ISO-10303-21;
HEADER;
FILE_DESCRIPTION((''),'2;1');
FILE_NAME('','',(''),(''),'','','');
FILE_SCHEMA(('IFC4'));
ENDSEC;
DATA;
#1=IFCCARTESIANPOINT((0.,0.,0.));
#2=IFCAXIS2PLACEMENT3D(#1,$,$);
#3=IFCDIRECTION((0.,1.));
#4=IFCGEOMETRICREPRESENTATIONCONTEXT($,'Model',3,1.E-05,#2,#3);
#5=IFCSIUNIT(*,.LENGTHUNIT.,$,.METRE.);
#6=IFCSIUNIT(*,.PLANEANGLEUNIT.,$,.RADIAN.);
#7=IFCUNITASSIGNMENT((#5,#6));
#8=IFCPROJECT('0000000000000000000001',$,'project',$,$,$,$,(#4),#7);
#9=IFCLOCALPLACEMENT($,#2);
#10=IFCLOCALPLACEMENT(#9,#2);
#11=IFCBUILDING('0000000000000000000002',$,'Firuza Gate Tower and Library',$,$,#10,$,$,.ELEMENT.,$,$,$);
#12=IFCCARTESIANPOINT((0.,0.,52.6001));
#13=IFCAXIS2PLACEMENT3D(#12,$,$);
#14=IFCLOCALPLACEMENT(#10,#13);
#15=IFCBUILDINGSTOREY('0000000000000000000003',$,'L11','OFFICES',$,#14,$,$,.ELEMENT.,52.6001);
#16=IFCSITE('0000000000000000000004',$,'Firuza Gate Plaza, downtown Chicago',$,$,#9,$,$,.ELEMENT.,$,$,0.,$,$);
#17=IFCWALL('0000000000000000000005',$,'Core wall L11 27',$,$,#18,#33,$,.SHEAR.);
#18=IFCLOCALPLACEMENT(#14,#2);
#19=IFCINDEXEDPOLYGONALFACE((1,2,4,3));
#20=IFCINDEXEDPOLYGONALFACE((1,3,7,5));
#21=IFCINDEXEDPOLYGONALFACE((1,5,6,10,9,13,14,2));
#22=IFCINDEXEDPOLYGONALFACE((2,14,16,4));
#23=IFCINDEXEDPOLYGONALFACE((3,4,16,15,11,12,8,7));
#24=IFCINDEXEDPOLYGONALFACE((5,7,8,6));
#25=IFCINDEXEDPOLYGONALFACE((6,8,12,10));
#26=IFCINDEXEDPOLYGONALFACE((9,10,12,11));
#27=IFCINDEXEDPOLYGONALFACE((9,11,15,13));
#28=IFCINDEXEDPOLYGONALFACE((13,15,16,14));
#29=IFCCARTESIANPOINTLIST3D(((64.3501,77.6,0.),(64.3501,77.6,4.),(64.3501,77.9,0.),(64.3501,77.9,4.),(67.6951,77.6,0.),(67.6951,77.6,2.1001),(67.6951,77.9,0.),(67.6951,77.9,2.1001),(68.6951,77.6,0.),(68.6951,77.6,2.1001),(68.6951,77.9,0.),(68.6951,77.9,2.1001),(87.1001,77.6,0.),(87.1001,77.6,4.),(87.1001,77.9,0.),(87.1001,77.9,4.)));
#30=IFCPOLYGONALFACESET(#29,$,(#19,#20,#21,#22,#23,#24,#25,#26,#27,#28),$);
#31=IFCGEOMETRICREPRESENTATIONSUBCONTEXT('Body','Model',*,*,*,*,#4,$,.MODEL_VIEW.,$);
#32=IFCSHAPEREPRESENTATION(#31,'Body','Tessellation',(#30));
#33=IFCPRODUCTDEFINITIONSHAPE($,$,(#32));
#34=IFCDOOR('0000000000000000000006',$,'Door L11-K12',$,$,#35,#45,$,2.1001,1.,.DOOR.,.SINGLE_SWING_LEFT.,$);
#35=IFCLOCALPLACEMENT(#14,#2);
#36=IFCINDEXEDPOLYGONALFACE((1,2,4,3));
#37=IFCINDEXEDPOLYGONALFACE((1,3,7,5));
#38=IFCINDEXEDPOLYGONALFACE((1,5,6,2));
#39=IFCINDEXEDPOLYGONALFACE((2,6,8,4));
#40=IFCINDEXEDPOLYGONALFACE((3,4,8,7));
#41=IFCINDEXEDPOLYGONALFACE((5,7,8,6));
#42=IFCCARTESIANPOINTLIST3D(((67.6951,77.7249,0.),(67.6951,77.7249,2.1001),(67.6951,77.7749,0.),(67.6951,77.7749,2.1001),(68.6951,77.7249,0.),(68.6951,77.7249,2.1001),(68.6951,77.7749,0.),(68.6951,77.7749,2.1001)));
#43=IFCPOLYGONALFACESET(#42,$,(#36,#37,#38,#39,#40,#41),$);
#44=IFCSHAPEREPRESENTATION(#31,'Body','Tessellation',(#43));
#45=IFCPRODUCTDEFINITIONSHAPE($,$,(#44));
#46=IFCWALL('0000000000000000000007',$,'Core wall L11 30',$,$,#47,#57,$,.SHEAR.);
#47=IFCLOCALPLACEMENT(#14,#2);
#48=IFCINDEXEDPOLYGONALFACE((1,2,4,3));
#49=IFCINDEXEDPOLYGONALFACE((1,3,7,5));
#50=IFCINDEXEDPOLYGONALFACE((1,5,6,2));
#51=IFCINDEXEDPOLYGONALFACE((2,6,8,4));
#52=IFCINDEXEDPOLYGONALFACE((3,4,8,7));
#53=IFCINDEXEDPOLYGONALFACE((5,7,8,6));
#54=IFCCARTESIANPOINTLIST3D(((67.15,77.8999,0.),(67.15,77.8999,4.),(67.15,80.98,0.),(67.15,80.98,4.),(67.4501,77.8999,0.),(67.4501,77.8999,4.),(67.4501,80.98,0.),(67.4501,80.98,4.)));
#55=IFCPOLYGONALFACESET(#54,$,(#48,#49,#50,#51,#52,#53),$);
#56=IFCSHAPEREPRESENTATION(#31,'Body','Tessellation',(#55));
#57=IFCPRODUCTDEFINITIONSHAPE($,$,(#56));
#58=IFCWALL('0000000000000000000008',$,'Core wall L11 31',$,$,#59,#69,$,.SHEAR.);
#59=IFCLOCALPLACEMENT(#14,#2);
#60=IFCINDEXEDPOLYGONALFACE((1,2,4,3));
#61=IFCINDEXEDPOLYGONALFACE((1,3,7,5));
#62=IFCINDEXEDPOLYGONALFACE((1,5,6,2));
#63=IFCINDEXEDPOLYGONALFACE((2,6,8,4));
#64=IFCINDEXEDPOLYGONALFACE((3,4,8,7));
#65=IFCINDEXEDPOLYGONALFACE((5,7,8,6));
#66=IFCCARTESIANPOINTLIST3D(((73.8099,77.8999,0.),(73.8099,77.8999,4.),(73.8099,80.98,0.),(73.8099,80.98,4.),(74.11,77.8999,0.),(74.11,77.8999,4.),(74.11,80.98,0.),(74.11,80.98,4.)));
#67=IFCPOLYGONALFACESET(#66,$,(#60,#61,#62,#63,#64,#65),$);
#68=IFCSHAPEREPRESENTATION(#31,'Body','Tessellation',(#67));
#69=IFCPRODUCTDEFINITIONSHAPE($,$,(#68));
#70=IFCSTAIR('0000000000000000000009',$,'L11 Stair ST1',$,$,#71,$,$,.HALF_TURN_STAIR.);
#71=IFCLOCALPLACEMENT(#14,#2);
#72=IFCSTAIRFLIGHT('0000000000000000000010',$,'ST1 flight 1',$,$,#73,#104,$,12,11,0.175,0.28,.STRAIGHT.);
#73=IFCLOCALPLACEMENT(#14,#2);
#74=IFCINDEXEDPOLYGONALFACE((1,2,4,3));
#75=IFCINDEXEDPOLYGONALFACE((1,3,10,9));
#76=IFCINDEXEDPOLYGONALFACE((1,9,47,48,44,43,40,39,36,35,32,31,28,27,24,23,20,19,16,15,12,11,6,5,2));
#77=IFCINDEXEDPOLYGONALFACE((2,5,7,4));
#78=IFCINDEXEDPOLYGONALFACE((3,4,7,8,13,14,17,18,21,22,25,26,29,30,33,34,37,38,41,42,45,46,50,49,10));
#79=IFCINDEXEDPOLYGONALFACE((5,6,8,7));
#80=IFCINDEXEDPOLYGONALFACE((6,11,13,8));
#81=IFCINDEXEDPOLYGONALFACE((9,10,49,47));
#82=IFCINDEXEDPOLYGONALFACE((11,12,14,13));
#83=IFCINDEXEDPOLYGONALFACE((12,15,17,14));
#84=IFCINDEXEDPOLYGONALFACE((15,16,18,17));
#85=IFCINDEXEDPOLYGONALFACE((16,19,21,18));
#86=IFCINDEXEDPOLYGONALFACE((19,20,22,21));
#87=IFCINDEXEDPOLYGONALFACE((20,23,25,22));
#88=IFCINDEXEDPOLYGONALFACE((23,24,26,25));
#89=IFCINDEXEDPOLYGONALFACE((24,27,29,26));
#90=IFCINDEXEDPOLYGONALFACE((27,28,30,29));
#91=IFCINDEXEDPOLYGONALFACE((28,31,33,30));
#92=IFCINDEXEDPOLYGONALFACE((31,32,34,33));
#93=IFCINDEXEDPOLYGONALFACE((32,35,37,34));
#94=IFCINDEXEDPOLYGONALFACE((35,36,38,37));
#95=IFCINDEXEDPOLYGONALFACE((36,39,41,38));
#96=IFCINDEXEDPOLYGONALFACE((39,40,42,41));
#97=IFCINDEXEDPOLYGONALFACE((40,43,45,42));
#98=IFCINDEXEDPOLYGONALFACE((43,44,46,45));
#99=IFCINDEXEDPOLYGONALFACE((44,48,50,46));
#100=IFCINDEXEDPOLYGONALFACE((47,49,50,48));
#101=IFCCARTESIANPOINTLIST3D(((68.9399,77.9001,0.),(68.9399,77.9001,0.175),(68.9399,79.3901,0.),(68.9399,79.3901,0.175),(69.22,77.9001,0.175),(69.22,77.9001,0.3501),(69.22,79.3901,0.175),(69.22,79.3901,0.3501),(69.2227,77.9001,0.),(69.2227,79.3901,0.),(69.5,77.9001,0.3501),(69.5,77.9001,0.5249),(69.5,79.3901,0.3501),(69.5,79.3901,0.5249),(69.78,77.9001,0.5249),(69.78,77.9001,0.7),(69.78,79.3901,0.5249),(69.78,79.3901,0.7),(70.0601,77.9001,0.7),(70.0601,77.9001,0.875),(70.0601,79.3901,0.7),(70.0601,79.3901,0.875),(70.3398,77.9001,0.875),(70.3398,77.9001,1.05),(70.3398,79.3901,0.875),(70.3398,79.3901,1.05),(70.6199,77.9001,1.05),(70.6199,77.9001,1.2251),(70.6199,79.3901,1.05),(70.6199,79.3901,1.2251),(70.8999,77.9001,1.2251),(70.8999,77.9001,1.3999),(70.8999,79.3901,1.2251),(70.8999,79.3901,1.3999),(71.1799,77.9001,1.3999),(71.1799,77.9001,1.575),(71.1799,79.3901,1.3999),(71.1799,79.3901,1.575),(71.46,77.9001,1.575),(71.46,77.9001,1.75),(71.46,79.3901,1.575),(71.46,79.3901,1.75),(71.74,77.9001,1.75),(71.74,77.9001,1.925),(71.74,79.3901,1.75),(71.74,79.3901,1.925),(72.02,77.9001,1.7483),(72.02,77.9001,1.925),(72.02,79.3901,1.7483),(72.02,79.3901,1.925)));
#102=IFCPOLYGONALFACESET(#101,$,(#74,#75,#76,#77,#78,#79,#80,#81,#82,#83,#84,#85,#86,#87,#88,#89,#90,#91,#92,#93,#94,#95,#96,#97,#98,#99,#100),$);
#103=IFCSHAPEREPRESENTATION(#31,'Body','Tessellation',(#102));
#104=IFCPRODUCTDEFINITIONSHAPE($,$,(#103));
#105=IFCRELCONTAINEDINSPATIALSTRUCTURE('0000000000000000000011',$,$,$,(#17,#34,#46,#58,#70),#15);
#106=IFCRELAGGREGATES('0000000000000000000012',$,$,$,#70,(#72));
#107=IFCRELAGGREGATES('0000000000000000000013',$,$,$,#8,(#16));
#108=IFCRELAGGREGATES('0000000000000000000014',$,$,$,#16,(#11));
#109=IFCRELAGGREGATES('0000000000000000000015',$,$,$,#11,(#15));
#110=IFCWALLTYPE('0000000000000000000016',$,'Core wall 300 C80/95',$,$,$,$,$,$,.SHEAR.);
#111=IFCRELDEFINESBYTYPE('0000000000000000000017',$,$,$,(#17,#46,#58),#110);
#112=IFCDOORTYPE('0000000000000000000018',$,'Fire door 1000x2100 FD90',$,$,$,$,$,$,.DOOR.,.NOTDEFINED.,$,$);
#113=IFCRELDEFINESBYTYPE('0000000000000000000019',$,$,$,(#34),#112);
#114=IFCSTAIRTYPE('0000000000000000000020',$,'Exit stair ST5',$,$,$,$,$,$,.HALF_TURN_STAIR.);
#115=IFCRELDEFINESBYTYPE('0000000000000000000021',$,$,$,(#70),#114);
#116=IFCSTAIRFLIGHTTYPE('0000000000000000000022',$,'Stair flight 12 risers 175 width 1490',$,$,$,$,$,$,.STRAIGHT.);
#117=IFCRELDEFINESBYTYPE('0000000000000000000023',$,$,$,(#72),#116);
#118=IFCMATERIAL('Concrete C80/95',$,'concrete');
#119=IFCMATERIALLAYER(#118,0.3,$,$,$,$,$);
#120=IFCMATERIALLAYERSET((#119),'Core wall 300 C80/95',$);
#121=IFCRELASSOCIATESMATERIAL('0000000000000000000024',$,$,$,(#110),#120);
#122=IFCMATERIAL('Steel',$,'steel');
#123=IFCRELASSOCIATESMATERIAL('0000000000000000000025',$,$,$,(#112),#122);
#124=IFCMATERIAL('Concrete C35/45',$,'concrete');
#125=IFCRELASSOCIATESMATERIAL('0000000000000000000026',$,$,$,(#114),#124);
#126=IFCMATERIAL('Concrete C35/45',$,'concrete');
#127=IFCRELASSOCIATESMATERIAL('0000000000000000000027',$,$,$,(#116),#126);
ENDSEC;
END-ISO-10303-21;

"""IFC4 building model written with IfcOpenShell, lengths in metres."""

from ifc_helpers import new_model, si_unit, direction, frame, frame_2d, origin, place, context, subcontext, project, spatial, polyline, rectangle, outline, extrude, material, layer, layer_set, type_object, element, fill, aggregate, save


model = new_model("IFC4")

# Units and contexts
model_context = context("Model", 3, precision=1e-05, world=origin(), true_north=direction((0.0, 1.0)))
body_context = subcontext(model_context, "Body", "Model", "MODEL_VIEW")
ifc_project = project(units=[si_unit("LENGTHUNIT", "METRE"), si_unit("PLANEANGLEUNIT", "RADIAN")], contexts=[model_context])

# Site, building, storey
site_placement = place(None, origin())
site = spatial("IfcSite", under=ifc_project, at=site_placement, Name="Firuza Gate Plaza, downtown Chicago", CompositionType="ELEMENT", RefElevation=0.0)
building_placement = place(site_placement, origin())
building = spatial("IfcBuilding", under=site, at=building_placement, Name="Firuza Gate Tower and Library", CompositionType="ELEMENT")
storey_placement = place(building_placement, frame((0.0, 0.0, 52.6001)))
storey = spatial("IfcBuildingStorey", under=building, at=storey_placement, Name="L11", Description="OFFICES", CompositionType="ELEMENT", Elevation=52.6001)

# Shared definitions
ifc_material_1 = material(Name="Concrete C80/95", Category="concrete")
ifc_layer_1 = layer(ifc_material_1, 0.3)
ifc_layer_set_1 = layer_set([ifc_layer_1], Name="Core wall 300 C80/95")
wall_type_1 = type_object("IfcWallType", Name="Core wall 300 C80/95", PredefinedType="SHEAR", material=ifc_layer_set_1)

# Wall, opening, door
wall_1_placement = place(storey_placement, frame((64.3501, 77.75, 0.0), z_axis=(0.0, 0.0, 1.0), x_axis=(1.0, 0.0, 0.0)))
wall_1 = element("IfcWall", 1, at=wall_1_placement, inside=storey, type_object=wall_type_1, Name="Core wall L11 27", PredefinedType="SHEAR", context=body_context, shape_type="SweptSolid", body=[
    extrude(rectangle(XDim=22.75, YDim=0.3, at=frame_2d((11.375, 0.0))), origin(), (0.0, 0.0, 1.0), 4.0),
])
opening_1_placement = place(wall_1_placement, frame((3.345, 0.0, 0.0)))
opening_1 = element("IfcOpeningElement", 2, at=opening_1_placement, cuts=wall_1, PredefinedType="OPENING", context=body_context, shape_type="SweptSolid", body=[
    extrude(rectangle(XDim=1.0, YDim=2.1001, at=frame_2d((0.5, 1.05))), frame((0.0, 0.1602, 0.0), z_axis=(0.0, -1.0, 0.0), x_axis=(1.0, 0.0, 0.0)), (0.0, 0.0, 1.0), 0.3201),
])
ifc_material_2 = material(Name="Steel", Category="steel")
door_type_1 = type_object("IfcDoorType", Name="Fire door 1000x2100 FD90", OperationType="NOTDEFINED", PredefinedType="DOOR", material=ifc_material_2)
door_1_placement = place(opening_1_placement, origin())
door_1 = element("IfcDoor", 3, at=door_1_placement, inside=storey, type_object=door_type_1, Name="Door L11-K12", OperationType="SINGLE_SWING_LEFT", OverallHeight=2.1001, OverallWidth=1.0, PredefinedType="DOOR", context=body_context, shape_type="SweptSolid", body=[
    extrude(rectangle(XDim=1.0, YDim=2.1001, at=frame_2d((0.5, 1.05))), frame((0.0, 0.0249, 0.0), z_axis=(0.0, -1.0, 0.0), x_axis=(1.0, 0.0, 0.0)), (0.0, 0.0, 1.0), 0.05),
])
fill(opening_1, door_1)

# Walls
for number, where, z_axis, x_axis, name in (
    (4, (67.3, 77.8999, 0.0), (0.0, 0.0, 1.0), (0.0, 1.0, 0.0), "Core wall L11 30"),
    (5, (73.96, 77.8999, 0.0), (0.0, 0.0, 1.0), (0.0, 1.0, 0.0), "Core wall L11 31"),
):
    element("IfcWall", number, at=place(storey_placement, frame(where, z_axis=z_axis, x_axis=x_axis)), inside=storey, type_object=wall_type_1, Name=name, PredefinedType="SHEAR", context=body_context, shape_type="SweptSolid", body=[
        extrude(rectangle(XDim=3.0801, YDim=0.3, at=frame_2d((1.54, 0.0))), origin(), (0.0, 0.0, 1.0), 4.0),
    ])

# Stair, stair flight
ifc_material_3 = material(Name="Concrete C35/45", Category="concrete")
stair_type = type_object("IfcStairType", Name="Exit stair ST5", PredefinedType="HALF_TURN_STAIR", material=ifc_material_3)
stair_placement = place(storey_placement, origin())
stair = element("IfcStair", 6, at=stair_placement, inside=storey, type_object=stair_type, Name="L11 Stair ST1", PredefinedType="HALF_TURN_STAIR")
ifc_material_4 = material(Name="Concrete C35/45", Category="concrete")
stair_flight_type = type_object("IfcStairFlightType", Name="Stair flight 12 risers 175 width 1490", PredefinedType="STRAIGHT", material=ifc_material_4)
stair_flight_placement = place(storey_placement, frame((68.9399, 78.645, 0.0), z_axis=(0.0, 0.0, 1.0), x_axis=(1.0, 0.0, 0.0)))
stair_flight = element("IfcStairFlight", 7, at=stair_flight_placement, type_object=stair_flight_type, Name="ST1 flight 1", NumberOfRisers=12, NumberOfTreads=11, PredefinedType="STRAIGHT", RiserHeight=0.175, TreadLength=0.28, context=body_context, shape_type="SweptSolid", body=[
    extrude(outline(polyline([(0.0, 0.0), (0.0, 0.175), (0.28, 0.175), (0.28, 0.3501), (0.5601, 0.3501), (0.5601, 0.5249), (0.8401, 0.5249), (0.8401, 0.7), (1.1201, 0.7), (1.1201, 0.875), (1.3999, 0.875), (1.3999, 1.05), (1.6799, 1.05), (1.6799, 1.2251), (1.96, 1.2251), (1.96, 1.3999), (2.24, 1.3999), (2.24, 1.575), (2.52, 1.575), (2.52, 1.75), (2.8, 1.75), (2.8, 1.925), (3.0801, 1.925), (3.0801, 2.1001), (3.0801, 1.7483), (0.2827, 0.0), (0.0, 0.0)])), frame((0.0, 0.7451, 0.0), z_axis=(0.0, -1.0, 0.0), x_axis=(1.0, 0.0, 0.0)), (0.0, 0.0, 1.0), 1.49),
])
aggregate(stair, [stair_flight])

save(model, "model.ifc")
